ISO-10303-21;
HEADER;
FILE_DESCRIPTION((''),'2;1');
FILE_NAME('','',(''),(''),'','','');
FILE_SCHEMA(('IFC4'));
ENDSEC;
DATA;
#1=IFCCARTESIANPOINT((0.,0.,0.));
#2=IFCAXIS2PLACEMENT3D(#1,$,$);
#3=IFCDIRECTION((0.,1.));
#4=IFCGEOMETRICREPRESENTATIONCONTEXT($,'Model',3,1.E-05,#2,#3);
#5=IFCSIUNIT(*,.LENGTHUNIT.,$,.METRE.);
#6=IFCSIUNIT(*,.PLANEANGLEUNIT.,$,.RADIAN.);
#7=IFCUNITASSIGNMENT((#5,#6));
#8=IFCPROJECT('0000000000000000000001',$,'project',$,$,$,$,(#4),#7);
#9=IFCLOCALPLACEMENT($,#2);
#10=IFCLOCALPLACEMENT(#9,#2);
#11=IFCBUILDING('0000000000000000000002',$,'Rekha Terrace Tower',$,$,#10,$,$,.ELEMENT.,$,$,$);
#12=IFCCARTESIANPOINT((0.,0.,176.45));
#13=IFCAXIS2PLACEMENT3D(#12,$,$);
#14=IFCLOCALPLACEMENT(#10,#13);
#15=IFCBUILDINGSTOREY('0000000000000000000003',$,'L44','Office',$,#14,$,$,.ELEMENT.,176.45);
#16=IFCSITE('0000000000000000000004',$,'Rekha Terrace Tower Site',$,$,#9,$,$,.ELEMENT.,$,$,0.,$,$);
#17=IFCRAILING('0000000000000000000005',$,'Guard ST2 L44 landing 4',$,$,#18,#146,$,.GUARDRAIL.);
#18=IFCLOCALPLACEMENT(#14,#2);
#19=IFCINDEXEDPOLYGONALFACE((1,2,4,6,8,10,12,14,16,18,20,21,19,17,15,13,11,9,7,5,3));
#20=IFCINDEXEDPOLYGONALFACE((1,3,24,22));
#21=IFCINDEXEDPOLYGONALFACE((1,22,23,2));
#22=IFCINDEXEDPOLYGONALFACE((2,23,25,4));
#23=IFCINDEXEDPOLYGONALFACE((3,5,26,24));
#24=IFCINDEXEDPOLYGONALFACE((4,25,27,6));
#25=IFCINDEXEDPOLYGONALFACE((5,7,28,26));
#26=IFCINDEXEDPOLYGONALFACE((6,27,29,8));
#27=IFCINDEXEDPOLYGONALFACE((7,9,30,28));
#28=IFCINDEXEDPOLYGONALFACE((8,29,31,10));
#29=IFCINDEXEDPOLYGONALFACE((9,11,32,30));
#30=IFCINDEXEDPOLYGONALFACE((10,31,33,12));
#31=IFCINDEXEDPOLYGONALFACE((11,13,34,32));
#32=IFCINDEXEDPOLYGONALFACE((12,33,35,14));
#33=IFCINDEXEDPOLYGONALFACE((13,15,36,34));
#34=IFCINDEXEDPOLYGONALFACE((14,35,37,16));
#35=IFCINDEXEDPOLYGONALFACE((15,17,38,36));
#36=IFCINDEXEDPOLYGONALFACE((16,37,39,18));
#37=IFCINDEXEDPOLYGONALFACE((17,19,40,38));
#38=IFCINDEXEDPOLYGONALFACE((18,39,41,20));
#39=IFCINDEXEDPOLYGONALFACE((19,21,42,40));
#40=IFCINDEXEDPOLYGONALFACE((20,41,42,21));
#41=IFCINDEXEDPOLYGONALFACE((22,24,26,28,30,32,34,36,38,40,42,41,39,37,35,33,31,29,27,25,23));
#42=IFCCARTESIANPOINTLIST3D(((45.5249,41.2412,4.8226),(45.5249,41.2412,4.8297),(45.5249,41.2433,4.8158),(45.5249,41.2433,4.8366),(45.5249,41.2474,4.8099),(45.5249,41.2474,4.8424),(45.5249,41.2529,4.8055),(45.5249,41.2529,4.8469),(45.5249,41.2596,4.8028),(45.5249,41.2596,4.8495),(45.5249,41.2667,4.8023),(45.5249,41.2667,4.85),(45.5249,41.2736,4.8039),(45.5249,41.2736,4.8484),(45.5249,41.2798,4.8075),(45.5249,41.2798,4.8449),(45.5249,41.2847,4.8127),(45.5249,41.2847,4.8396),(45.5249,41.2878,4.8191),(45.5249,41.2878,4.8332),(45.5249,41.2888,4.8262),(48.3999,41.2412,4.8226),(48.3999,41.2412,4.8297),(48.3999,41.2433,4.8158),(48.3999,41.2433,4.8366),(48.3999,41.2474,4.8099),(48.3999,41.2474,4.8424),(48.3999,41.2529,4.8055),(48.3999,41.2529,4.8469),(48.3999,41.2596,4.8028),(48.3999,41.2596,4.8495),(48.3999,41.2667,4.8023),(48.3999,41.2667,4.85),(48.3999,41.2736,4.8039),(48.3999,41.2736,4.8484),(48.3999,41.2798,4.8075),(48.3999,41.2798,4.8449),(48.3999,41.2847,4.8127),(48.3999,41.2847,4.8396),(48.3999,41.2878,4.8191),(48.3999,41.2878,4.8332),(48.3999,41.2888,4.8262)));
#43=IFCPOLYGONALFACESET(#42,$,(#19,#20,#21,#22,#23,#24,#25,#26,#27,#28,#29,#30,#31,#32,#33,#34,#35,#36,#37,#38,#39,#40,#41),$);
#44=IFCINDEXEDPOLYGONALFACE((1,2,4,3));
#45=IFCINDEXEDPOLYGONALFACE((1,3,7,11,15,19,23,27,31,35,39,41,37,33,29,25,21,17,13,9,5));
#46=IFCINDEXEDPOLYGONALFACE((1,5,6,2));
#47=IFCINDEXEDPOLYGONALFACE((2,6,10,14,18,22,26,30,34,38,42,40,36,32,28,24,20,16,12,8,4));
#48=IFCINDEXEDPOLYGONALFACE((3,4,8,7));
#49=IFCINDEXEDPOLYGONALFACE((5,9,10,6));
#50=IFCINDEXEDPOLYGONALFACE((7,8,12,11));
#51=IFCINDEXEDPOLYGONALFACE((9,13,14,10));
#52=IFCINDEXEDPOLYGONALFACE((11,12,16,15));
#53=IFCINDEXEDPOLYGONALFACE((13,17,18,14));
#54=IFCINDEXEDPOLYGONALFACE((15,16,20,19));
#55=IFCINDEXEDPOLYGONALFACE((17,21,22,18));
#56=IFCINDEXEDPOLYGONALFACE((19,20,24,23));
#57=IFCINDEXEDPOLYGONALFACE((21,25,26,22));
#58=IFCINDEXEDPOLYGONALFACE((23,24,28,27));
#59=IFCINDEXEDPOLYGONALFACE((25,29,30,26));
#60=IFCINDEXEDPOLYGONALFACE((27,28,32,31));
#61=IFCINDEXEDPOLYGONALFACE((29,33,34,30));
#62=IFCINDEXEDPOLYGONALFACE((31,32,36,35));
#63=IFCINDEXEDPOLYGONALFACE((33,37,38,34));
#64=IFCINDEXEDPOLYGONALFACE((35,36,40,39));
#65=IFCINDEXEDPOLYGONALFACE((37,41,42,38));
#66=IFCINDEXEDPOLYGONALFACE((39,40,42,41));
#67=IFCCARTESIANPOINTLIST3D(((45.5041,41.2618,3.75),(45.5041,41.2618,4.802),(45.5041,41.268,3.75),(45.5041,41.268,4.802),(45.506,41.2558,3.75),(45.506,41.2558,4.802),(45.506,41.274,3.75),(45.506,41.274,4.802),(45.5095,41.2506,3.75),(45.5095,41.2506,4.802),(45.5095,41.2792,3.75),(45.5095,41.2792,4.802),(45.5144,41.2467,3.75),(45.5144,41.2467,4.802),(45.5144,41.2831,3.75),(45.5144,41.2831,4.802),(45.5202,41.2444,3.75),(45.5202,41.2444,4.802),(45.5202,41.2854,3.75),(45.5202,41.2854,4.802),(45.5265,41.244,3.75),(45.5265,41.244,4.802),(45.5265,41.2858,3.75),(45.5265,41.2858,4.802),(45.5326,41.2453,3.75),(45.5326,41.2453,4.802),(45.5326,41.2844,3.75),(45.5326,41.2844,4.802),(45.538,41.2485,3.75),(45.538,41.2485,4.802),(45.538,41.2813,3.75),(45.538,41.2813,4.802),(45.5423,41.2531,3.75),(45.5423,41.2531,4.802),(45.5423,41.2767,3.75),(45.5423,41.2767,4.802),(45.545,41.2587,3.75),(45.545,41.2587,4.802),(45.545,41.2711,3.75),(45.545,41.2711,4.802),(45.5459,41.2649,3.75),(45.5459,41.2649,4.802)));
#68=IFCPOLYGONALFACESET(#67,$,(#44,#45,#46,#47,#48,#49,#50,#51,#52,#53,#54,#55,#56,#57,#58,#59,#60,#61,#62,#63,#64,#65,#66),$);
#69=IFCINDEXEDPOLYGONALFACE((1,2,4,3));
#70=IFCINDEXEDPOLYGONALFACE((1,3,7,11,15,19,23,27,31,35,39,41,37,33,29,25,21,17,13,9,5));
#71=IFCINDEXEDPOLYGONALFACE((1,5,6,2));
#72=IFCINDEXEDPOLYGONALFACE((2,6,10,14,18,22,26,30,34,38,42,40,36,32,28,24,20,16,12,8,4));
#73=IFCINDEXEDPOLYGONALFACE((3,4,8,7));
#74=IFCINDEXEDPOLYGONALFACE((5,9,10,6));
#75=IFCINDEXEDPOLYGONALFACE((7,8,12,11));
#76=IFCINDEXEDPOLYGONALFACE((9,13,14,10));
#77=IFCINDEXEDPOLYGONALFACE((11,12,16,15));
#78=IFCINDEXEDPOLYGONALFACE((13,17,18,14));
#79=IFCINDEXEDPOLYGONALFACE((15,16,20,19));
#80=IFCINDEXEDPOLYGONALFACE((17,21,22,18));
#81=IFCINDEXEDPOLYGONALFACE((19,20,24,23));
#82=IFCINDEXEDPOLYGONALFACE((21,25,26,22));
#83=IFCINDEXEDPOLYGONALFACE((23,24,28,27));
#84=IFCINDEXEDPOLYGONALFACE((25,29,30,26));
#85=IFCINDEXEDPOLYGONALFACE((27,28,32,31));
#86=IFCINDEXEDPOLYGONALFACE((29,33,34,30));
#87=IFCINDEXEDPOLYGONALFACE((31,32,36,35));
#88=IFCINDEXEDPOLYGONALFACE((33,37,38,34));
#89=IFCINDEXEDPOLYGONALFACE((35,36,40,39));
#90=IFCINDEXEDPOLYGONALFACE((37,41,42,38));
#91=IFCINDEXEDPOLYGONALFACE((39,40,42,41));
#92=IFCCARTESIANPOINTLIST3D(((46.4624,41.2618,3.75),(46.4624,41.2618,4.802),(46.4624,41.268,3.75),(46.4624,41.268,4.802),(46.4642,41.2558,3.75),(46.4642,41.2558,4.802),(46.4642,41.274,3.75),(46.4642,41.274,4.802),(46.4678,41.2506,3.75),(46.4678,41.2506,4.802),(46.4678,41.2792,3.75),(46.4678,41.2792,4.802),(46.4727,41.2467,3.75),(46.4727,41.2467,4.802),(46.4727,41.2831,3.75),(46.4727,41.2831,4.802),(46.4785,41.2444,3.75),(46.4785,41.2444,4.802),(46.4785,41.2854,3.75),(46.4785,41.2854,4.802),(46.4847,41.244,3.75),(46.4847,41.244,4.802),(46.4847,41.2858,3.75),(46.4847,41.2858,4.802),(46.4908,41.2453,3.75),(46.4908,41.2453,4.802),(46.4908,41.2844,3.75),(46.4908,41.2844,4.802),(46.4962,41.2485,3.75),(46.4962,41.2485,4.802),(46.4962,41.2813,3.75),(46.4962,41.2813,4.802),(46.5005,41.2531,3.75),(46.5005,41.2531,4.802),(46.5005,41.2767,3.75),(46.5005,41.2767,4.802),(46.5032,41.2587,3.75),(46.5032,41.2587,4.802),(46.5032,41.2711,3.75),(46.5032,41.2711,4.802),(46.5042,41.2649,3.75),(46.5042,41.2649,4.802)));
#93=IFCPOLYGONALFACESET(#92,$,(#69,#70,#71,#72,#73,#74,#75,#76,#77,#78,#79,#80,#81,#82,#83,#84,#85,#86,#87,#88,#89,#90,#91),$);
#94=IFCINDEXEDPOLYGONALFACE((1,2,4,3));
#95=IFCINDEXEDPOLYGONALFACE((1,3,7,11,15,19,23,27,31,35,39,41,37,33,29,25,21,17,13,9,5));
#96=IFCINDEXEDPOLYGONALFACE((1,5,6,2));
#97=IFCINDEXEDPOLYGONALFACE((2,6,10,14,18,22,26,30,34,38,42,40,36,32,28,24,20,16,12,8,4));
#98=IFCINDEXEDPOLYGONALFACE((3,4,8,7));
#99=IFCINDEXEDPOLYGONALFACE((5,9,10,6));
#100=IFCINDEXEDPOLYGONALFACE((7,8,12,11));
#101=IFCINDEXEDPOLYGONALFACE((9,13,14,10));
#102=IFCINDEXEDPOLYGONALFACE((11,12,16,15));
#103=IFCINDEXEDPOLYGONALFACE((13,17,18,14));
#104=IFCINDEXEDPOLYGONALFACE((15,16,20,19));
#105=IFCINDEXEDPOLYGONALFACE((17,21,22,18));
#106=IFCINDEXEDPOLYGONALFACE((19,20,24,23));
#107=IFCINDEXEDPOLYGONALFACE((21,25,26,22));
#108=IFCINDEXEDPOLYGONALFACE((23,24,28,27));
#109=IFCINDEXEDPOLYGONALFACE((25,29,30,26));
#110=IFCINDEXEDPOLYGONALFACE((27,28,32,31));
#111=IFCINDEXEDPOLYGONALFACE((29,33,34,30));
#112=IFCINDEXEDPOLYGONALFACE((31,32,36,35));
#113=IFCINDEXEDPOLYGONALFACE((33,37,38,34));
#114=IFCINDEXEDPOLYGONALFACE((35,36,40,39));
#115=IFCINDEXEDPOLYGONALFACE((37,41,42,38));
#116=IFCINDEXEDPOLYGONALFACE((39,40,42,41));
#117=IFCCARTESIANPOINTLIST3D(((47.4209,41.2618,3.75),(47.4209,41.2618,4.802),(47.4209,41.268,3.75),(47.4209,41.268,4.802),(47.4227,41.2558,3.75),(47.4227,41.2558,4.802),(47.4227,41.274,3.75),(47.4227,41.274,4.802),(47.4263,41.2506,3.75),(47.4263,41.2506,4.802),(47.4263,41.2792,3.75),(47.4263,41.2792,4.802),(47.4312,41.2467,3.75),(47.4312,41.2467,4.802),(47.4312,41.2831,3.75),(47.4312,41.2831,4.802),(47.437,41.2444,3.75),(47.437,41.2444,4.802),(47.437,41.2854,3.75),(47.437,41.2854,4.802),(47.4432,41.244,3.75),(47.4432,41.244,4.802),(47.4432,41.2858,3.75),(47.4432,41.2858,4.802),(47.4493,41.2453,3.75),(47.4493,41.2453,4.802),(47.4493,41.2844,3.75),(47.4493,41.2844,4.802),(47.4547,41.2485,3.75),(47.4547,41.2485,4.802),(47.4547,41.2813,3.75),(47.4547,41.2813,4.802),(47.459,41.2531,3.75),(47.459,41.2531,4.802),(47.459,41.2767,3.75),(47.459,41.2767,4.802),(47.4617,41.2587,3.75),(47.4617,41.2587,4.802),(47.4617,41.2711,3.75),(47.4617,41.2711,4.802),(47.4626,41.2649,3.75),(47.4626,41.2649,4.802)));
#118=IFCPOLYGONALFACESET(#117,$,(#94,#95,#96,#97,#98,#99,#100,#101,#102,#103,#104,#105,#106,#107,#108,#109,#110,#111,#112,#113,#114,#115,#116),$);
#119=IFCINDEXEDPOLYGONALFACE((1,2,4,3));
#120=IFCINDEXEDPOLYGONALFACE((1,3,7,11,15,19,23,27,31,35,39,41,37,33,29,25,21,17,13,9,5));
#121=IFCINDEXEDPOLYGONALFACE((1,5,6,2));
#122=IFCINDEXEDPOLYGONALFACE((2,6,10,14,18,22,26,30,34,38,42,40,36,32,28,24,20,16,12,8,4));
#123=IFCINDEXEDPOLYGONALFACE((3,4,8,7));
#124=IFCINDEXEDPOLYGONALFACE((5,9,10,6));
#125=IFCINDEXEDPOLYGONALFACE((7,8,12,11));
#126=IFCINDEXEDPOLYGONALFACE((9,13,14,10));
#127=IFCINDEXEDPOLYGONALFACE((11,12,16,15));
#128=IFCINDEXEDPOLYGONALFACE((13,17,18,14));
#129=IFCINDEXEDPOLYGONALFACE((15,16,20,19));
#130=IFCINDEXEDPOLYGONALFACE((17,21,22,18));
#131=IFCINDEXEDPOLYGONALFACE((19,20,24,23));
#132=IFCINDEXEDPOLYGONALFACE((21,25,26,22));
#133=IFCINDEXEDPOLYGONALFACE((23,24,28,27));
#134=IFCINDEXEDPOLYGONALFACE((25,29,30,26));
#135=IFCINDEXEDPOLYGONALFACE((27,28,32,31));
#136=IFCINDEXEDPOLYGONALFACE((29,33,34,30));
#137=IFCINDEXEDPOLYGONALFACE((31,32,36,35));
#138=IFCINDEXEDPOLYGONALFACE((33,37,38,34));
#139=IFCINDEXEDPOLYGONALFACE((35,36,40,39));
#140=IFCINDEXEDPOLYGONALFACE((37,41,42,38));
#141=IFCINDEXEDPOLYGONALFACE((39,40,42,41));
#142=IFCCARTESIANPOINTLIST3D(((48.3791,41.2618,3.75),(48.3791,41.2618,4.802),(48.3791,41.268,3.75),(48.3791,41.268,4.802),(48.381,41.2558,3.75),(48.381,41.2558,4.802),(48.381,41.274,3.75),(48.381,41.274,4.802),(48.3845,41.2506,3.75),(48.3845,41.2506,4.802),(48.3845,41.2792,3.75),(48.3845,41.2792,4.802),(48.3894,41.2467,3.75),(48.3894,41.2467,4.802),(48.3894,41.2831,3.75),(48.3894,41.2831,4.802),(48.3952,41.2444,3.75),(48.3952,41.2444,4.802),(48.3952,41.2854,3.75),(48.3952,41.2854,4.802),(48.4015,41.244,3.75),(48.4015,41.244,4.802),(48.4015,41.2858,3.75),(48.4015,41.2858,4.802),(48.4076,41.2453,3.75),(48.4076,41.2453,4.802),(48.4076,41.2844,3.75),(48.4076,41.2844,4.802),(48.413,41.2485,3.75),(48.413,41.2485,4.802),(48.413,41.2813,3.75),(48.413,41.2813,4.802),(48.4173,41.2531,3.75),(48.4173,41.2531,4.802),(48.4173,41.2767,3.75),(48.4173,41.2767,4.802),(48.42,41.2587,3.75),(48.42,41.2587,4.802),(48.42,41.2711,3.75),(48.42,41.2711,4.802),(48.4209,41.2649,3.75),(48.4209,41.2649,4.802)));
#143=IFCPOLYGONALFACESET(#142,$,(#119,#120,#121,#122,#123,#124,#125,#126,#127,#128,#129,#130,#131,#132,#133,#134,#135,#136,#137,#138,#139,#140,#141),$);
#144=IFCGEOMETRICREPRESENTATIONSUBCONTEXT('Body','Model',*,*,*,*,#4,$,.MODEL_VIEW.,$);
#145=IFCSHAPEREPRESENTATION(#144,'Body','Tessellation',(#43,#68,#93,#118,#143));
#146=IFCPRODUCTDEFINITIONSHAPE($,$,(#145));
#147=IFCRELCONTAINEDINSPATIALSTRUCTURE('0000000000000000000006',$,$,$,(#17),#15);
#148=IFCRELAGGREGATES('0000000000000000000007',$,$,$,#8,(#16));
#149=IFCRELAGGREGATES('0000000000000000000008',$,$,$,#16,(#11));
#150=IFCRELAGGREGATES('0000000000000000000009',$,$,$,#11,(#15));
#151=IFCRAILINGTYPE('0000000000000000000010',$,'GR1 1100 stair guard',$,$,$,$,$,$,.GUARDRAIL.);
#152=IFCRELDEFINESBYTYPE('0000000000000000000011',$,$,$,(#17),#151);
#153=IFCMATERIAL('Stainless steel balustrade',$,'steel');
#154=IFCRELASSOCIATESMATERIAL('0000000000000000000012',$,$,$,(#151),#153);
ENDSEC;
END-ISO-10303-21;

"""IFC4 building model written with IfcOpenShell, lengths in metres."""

from ifc_helpers import new_model, si_unit, direction, frame, origin, origin_2d, place, context, subcontext, project, spatial, circle, extrude, material, type_object, element, save


model = new_model("IFC4")

# Units and contexts
model_context = context("Model", 3, precision=1e-05, world=origin(), true_north=direction((0.0, 1.0)))
body_context = subcontext(model_context, "Body", "Model", "MODEL_VIEW")
ifc_project = project(units=[si_unit("LENGTHUNIT", "METRE"), si_unit("PLANEANGLEUNIT", "RADIAN")], contexts=[model_context])

# Site, building, storey
site_placement = place(None, origin())
site = spatial("IfcSite", under=ifc_project, at=site_placement, Name="Rekha Terrace Tower Site", CompositionType="ELEMENT", RefElevation=0.0)
building_placement = place(site_placement, origin())
building = spatial("IfcBuilding", under=site, at=building_placement, Name="Rekha Terrace Tower", CompositionType="ELEMENT")
storey_placement = place(building_placement, frame((0.0, 0.0, 176.45)))
storey = spatial("IfcBuildingStorey", under=building, at=storey_placement, Name="L44", Description="Office", CompositionType="ELEMENT", Elevation=176.45)

# Railing
ifc_material_1 = material(Name="Stainless steel balustrade", Category="steel")
railing_type_1 = type_object("IfcRailingType", Name="GR1 1100 stair guard", PredefinedType="GUARDRAIL", material=ifc_material_1)
railing_1_placement = place(storey_placement, frame((45.5249, 41.2649, 3.75)))
element("IfcRailing", 1, at=railing_1_placement, inside=storey, type_object=railing_type_1, Name="Guard ST2 L44 landing 4", PredefinedType="GUARDRAIL", context=body_context, shape_type="SweptSolid", body=[
    extrude(circle(Radius=0.0239, at=origin_2d()), frame((0.0, 0.0, 1.0762), z_axis=(1.0, 0.0, 0.0), x_axis=(0.0, 1.0, 0.0)), (0.0, 0.0, 1.0), 2.875),
    extrude(circle(Radius=0.021, at=origin_2d()), origin(), (0.0, 0.0, 1.0), 1.052),
    extrude(circle(Radius=0.021, at=origin_2d()), frame((0.9583, 0.0, 0.0)), (0.0, 0.0, 1.0), 1.052),
    extrude(circle(Radius=0.021, at=origin_2d()), frame((1.9167, 0.0, 0.0)), (0.0, 0.0, 1.0), 1.052),
    extrude(circle(Radius=0.021, at=origin_2d()), frame((2.875, 0.0, 0.0)), (0.0, 0.0, 1.0), 1.052),
])

save(model, "model.ifc")
